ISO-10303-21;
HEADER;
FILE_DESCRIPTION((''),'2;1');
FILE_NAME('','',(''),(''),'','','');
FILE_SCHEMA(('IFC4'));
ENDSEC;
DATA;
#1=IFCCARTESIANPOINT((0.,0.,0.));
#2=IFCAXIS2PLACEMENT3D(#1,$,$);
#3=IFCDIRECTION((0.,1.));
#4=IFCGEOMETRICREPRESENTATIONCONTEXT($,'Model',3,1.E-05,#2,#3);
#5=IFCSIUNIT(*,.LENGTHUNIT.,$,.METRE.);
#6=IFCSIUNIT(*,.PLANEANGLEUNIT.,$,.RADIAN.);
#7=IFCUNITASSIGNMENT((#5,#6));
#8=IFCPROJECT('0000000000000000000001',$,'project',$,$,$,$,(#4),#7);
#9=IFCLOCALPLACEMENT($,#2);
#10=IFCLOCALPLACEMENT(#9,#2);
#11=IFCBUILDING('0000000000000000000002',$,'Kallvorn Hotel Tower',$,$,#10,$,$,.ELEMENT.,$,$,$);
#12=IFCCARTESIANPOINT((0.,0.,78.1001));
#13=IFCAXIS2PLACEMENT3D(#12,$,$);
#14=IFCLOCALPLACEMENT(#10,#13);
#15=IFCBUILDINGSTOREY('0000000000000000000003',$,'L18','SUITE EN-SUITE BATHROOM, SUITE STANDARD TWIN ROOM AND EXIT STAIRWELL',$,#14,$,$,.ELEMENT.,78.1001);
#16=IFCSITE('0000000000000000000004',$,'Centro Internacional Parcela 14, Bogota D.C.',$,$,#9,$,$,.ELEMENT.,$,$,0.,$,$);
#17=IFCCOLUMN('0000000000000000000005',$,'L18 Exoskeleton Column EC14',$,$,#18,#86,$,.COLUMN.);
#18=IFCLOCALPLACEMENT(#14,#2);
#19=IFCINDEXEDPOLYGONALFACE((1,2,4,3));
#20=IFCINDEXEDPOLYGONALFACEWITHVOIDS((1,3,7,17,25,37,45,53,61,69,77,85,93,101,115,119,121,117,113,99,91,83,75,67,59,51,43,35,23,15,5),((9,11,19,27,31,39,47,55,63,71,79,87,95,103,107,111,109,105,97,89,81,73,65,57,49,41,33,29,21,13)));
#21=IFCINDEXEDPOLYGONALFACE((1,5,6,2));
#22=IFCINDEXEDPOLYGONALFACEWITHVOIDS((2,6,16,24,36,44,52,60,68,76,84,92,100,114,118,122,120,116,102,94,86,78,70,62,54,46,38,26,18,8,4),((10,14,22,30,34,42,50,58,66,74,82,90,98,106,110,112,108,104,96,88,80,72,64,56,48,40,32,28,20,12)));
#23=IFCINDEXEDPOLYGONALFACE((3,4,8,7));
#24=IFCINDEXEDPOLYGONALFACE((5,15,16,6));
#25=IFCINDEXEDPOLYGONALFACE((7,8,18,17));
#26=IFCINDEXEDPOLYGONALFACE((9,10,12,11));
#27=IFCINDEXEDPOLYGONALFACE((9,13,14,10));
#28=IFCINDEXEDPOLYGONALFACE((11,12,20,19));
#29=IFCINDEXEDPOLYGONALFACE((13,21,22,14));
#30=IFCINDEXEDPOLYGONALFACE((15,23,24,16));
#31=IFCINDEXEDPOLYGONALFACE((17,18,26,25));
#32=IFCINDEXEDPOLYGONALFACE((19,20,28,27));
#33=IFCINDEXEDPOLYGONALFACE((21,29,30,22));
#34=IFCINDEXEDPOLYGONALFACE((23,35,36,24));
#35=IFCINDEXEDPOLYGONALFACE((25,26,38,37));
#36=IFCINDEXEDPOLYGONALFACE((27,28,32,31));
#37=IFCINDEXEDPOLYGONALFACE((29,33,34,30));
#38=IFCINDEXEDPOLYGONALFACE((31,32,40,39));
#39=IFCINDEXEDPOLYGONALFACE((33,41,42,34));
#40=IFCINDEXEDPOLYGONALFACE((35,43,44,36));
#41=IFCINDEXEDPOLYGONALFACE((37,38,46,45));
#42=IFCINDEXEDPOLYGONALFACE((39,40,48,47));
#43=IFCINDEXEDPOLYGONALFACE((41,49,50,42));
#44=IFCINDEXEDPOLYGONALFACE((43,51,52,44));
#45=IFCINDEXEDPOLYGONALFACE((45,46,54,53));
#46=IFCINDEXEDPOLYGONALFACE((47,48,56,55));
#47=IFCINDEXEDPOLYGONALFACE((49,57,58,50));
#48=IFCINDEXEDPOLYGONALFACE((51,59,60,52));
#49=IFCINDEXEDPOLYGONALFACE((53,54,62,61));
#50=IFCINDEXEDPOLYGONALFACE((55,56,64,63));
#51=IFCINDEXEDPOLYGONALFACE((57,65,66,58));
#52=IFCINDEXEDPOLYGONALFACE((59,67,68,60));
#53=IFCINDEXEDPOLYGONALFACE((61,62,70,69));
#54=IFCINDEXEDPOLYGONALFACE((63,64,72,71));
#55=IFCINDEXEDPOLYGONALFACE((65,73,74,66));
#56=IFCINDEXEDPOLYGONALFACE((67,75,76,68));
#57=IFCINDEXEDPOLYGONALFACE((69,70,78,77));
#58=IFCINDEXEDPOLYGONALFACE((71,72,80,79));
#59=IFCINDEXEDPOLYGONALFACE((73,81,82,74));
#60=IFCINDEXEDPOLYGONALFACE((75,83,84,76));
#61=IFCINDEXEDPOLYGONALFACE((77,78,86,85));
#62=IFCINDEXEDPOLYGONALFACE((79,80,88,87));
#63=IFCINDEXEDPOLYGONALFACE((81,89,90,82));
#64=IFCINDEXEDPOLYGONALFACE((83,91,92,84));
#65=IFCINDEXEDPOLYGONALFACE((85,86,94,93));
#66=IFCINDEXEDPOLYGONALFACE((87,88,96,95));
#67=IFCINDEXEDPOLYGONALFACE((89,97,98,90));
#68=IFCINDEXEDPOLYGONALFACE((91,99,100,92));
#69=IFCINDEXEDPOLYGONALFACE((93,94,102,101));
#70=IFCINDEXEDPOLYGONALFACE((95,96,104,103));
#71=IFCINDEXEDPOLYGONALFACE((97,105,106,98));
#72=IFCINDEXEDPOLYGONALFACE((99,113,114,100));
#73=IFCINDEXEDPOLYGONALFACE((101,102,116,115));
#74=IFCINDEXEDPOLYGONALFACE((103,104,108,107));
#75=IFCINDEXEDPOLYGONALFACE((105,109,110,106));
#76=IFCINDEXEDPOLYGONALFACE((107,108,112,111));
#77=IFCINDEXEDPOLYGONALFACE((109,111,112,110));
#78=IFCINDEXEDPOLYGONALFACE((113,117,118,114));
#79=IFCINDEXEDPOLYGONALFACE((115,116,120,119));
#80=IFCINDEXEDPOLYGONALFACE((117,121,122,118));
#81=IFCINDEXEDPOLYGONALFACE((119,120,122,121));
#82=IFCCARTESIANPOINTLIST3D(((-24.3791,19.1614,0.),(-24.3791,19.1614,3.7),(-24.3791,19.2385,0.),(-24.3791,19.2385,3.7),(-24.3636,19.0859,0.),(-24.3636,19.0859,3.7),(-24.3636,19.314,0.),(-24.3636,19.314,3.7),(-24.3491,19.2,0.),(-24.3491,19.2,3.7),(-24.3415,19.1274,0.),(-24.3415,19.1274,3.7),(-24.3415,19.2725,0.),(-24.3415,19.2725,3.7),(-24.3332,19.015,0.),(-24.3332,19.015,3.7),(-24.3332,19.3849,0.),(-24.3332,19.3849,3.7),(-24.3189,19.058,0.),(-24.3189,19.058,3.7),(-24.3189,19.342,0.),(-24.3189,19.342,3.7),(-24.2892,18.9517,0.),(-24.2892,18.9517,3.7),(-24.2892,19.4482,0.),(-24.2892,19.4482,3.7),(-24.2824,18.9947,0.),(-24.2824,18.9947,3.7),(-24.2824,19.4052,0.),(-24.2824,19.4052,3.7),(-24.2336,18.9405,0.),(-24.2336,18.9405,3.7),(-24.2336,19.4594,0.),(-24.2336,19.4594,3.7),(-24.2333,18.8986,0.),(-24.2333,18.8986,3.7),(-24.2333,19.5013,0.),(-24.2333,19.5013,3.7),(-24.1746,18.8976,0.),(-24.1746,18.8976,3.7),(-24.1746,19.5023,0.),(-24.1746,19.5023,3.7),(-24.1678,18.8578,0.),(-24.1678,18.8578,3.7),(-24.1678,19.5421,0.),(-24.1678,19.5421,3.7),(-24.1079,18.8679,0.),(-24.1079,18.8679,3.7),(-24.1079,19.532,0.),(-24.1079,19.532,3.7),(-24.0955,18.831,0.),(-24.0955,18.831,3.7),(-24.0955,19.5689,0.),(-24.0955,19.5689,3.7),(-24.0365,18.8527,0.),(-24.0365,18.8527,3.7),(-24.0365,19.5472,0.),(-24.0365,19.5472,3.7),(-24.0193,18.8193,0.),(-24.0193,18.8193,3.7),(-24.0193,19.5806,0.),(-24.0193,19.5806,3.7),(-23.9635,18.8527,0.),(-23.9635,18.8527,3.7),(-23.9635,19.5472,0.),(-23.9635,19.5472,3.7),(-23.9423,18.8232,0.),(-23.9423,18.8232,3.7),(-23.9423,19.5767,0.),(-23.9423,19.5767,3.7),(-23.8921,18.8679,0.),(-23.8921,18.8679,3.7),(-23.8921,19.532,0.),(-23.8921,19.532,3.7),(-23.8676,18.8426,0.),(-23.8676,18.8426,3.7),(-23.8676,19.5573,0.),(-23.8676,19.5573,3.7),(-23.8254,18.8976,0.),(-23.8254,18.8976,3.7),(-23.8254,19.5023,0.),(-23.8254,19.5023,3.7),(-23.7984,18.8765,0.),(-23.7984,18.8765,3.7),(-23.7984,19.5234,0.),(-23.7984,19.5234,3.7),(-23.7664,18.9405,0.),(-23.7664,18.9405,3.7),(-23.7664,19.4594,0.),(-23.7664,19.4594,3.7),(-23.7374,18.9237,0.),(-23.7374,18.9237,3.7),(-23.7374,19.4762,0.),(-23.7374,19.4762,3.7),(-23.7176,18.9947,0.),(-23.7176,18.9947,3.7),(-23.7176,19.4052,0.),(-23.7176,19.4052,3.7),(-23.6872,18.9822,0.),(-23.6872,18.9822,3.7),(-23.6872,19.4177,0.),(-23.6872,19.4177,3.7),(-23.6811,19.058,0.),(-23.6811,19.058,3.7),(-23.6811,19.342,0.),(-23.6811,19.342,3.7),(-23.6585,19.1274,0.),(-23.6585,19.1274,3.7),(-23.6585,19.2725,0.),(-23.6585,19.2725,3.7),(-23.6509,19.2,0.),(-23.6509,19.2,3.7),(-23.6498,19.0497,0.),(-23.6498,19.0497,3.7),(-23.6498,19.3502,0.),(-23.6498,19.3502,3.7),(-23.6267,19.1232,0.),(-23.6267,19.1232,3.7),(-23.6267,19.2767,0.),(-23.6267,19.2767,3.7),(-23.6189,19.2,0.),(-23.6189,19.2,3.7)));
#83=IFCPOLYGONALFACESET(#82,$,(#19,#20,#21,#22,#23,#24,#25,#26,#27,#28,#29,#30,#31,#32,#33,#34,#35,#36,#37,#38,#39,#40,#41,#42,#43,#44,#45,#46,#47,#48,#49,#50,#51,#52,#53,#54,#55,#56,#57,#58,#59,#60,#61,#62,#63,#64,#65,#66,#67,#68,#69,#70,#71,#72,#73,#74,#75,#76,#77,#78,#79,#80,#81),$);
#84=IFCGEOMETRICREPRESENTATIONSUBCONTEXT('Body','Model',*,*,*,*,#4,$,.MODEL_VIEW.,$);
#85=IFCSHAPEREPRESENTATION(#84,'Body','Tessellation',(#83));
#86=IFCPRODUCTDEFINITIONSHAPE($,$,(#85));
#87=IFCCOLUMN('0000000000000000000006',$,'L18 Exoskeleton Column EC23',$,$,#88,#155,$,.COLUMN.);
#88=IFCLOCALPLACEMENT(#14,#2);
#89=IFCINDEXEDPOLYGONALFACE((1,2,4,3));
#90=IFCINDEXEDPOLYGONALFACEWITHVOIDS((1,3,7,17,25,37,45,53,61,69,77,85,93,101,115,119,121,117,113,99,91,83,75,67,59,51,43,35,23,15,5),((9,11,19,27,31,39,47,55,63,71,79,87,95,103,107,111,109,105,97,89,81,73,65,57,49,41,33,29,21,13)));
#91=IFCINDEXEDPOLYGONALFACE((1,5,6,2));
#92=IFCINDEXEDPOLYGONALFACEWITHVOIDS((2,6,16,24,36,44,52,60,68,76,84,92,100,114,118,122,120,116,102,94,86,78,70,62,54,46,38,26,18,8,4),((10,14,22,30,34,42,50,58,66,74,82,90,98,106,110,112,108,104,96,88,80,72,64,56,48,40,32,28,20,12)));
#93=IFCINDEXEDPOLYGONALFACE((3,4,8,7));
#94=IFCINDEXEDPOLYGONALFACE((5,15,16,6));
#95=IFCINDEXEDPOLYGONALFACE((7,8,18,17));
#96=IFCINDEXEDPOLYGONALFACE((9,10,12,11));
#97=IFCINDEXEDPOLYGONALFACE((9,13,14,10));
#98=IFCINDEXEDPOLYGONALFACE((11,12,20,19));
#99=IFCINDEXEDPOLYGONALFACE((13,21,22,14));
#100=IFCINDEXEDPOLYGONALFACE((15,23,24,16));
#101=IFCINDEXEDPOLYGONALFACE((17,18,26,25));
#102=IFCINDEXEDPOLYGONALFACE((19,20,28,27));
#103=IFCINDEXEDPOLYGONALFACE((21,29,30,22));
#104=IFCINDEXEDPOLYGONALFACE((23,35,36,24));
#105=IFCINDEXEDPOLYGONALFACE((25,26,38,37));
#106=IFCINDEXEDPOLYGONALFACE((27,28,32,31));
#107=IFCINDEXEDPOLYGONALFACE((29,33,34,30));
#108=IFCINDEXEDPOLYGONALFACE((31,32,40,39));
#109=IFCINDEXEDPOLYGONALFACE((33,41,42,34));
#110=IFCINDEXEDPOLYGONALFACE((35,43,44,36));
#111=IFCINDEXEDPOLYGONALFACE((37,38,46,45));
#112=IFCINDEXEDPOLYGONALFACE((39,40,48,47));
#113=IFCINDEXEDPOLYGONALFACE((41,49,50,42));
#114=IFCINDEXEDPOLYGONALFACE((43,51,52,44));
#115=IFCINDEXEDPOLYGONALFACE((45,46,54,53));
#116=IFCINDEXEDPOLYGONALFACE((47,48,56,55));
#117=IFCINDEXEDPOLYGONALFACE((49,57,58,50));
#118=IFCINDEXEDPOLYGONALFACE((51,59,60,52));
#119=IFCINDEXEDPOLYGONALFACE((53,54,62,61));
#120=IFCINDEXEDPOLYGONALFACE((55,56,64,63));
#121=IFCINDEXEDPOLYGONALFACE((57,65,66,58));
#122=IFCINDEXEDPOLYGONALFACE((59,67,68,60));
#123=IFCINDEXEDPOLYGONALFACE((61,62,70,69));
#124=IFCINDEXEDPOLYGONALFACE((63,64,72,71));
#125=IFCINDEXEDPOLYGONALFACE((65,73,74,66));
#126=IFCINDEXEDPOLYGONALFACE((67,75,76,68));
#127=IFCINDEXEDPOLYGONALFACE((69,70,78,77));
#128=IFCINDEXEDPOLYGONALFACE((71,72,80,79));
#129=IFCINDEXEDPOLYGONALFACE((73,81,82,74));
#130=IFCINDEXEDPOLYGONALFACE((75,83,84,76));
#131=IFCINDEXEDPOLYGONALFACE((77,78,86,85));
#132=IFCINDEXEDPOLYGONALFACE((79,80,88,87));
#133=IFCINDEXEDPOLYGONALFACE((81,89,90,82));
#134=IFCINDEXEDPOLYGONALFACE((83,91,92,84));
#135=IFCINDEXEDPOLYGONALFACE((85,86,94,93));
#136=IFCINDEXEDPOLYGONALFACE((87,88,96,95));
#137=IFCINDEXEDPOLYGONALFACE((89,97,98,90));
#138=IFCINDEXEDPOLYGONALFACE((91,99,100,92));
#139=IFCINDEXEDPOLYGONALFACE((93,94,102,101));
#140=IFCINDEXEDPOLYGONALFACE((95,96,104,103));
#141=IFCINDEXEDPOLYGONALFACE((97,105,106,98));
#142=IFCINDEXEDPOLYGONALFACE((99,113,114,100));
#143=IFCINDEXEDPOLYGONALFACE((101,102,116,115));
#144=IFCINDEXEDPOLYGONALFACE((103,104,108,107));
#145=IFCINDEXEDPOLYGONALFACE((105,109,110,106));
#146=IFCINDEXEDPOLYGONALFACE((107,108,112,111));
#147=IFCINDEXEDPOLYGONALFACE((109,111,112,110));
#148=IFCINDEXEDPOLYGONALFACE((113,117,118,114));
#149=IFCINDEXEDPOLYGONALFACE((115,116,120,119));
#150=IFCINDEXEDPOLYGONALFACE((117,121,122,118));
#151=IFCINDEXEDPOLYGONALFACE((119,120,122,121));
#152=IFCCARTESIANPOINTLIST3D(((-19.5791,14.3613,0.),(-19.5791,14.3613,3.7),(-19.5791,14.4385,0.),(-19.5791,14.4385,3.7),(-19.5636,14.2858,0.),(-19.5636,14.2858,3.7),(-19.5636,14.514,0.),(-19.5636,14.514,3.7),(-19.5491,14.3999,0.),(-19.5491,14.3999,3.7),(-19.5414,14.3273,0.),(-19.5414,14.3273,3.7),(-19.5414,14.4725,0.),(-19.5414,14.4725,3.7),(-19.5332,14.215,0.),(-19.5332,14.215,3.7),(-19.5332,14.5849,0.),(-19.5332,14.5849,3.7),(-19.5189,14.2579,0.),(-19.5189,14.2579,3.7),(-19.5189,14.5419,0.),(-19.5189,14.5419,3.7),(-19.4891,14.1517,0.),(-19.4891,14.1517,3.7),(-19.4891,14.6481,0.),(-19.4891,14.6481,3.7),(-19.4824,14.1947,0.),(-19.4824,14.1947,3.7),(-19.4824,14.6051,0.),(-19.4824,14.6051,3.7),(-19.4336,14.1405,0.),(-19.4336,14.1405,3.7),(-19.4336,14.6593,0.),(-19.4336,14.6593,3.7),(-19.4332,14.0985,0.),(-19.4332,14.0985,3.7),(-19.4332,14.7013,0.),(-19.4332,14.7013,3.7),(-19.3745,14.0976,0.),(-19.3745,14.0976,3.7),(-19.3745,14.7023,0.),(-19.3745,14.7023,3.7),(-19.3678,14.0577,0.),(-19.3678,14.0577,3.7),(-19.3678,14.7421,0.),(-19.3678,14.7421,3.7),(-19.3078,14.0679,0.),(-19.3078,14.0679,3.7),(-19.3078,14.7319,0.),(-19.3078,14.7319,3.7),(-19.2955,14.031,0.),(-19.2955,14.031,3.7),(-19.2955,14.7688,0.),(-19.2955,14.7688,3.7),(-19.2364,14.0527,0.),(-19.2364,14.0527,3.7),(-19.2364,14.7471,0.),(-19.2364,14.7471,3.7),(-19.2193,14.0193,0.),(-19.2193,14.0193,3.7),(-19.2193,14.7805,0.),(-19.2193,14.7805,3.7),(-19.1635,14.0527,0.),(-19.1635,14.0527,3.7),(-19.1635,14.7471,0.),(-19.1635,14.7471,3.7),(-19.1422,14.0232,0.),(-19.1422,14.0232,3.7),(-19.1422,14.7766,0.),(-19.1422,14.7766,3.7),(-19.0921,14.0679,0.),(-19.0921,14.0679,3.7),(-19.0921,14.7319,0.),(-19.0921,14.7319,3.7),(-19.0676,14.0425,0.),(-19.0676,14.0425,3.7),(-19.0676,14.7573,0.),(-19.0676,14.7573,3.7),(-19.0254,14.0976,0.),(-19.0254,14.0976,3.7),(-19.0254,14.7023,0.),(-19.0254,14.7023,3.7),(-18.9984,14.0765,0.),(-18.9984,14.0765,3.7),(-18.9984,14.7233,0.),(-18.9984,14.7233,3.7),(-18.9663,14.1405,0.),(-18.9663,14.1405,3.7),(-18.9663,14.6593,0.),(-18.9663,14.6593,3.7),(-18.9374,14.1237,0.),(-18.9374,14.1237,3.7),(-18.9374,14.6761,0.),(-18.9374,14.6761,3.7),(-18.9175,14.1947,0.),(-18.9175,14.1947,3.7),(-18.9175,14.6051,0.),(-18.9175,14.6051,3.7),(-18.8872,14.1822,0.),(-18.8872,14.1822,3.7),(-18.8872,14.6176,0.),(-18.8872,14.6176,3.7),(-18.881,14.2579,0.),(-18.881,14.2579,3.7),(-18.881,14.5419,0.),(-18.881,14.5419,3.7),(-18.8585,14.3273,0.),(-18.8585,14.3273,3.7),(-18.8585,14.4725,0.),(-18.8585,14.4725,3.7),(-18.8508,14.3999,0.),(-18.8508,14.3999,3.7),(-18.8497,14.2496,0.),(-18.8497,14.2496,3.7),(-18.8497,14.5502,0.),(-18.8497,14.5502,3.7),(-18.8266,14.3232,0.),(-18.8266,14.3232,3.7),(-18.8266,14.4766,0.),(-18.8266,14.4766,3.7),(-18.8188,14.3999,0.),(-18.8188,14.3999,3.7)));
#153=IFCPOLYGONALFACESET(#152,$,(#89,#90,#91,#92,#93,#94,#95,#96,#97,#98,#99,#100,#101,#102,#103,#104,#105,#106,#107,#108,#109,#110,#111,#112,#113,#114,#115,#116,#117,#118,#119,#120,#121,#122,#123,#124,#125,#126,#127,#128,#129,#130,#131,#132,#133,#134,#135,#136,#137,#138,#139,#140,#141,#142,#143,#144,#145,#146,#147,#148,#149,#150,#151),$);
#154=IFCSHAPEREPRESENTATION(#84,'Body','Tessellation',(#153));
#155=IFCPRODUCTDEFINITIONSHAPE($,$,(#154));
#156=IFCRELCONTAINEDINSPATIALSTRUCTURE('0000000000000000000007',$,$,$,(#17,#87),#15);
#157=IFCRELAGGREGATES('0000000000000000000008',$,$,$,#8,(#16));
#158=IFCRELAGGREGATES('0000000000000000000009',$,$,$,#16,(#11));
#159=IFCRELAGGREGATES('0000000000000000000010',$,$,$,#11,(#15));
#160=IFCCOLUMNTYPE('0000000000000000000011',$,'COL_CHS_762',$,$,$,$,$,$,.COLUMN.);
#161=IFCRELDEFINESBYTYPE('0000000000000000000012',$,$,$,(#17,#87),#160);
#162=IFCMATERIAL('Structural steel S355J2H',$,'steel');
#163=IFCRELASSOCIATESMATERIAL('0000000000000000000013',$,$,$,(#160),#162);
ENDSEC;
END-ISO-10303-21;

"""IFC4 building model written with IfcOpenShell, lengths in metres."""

from ifc_helpers import new_model, si_unit, direction, frame, origin, origin_2d, place, context, subcontext, project, spatial, hollow_circle, extrude, material, material_profile, profile_set, type_object, element, save


model = new_model("IFC4")

# Units and contexts
model_context = context("Model", 3, precision=1e-05, world=origin(), true_north=direction((0.0, 1.0)))
body_context = subcontext(model_context, "Body", "Model", "MODEL_VIEW")
ifc_project = project(units=[si_unit("LENGTHUNIT", "METRE"), si_unit("PLANEANGLEUNIT", "RADIAN")], contexts=[model_context])

# Site, building, storey
site_placement = place(None, origin())
site = spatial("IfcSite", under=ifc_project, at=site_placement, Name="Centro Internacional Parcela 14, Bogota D.C.", CompositionType="ELEMENT", RefElevation=0.0)
building_placement = place(site_placement, origin())
building = spatial("IfcBuilding", under=site, at=building_placement, Name="Kallvorn Hotel Tower", CompositionType="ELEMENT")
storey_placement = place(building_placement, frame((0.0, 0.0, 78.1001)))
storey = spatial("IfcBuildingStorey", under=building, at=storey_placement, Name="L18", Description="SUITE EN-SUITE BATHROOM, SUITE STANDARD TWIN ROOM AND EXIT STAIRWELL", CompositionType="ELEMENT", Elevation=78.1001)

# Columns
ifc_material_1 = material(Name="Structural steel S355J2H", Category="steel")
ifc_material_profile_1 = material_profile(ifc_material_1, hollow_circle(Radius=0.3811, WallThickness=0.032, at=origin_2d()), Name="CHS 762x32")
ifc_profile_set_1 = profile_set([ifc_material_profile_1], Name="Structural steel S355J2H")
column_type_1 = type_object("IfcColumnType", Name="COL_CHS_762", PredefinedType="COLUMN", material=ifc_profile_set_1)
for number, where, z_axis, x_axis, name in (
    (1, (-24.0, 19.2, 0.0), (0.0, 0.0, 1.0), (1.0, 0.0, 0.0), "L18 Exoskeleton Column EC14"),
    (2, (-19.2, 14.3999, 0.0), (0.0, 0.0, 1.0), (1.0, 0.0, 0.0), "L18 Exoskeleton Column EC23"),
):
    element("IfcColumn", number, at=place(storey_placement, frame(where, z_axis=z_axis, x_axis=x_axis)), inside=storey, type_object=column_type_1, Name=name, PredefinedType="COLUMN", context=body_context, shape_type="SweptSolid", body=[
        extrude(hollow_circle(Radius=0.3811, WallThickness=0.032, at=origin_2d()), origin(), (0.0, 0.0, 1.0), 3.7),
    ])

save(model, "model.ifc")
